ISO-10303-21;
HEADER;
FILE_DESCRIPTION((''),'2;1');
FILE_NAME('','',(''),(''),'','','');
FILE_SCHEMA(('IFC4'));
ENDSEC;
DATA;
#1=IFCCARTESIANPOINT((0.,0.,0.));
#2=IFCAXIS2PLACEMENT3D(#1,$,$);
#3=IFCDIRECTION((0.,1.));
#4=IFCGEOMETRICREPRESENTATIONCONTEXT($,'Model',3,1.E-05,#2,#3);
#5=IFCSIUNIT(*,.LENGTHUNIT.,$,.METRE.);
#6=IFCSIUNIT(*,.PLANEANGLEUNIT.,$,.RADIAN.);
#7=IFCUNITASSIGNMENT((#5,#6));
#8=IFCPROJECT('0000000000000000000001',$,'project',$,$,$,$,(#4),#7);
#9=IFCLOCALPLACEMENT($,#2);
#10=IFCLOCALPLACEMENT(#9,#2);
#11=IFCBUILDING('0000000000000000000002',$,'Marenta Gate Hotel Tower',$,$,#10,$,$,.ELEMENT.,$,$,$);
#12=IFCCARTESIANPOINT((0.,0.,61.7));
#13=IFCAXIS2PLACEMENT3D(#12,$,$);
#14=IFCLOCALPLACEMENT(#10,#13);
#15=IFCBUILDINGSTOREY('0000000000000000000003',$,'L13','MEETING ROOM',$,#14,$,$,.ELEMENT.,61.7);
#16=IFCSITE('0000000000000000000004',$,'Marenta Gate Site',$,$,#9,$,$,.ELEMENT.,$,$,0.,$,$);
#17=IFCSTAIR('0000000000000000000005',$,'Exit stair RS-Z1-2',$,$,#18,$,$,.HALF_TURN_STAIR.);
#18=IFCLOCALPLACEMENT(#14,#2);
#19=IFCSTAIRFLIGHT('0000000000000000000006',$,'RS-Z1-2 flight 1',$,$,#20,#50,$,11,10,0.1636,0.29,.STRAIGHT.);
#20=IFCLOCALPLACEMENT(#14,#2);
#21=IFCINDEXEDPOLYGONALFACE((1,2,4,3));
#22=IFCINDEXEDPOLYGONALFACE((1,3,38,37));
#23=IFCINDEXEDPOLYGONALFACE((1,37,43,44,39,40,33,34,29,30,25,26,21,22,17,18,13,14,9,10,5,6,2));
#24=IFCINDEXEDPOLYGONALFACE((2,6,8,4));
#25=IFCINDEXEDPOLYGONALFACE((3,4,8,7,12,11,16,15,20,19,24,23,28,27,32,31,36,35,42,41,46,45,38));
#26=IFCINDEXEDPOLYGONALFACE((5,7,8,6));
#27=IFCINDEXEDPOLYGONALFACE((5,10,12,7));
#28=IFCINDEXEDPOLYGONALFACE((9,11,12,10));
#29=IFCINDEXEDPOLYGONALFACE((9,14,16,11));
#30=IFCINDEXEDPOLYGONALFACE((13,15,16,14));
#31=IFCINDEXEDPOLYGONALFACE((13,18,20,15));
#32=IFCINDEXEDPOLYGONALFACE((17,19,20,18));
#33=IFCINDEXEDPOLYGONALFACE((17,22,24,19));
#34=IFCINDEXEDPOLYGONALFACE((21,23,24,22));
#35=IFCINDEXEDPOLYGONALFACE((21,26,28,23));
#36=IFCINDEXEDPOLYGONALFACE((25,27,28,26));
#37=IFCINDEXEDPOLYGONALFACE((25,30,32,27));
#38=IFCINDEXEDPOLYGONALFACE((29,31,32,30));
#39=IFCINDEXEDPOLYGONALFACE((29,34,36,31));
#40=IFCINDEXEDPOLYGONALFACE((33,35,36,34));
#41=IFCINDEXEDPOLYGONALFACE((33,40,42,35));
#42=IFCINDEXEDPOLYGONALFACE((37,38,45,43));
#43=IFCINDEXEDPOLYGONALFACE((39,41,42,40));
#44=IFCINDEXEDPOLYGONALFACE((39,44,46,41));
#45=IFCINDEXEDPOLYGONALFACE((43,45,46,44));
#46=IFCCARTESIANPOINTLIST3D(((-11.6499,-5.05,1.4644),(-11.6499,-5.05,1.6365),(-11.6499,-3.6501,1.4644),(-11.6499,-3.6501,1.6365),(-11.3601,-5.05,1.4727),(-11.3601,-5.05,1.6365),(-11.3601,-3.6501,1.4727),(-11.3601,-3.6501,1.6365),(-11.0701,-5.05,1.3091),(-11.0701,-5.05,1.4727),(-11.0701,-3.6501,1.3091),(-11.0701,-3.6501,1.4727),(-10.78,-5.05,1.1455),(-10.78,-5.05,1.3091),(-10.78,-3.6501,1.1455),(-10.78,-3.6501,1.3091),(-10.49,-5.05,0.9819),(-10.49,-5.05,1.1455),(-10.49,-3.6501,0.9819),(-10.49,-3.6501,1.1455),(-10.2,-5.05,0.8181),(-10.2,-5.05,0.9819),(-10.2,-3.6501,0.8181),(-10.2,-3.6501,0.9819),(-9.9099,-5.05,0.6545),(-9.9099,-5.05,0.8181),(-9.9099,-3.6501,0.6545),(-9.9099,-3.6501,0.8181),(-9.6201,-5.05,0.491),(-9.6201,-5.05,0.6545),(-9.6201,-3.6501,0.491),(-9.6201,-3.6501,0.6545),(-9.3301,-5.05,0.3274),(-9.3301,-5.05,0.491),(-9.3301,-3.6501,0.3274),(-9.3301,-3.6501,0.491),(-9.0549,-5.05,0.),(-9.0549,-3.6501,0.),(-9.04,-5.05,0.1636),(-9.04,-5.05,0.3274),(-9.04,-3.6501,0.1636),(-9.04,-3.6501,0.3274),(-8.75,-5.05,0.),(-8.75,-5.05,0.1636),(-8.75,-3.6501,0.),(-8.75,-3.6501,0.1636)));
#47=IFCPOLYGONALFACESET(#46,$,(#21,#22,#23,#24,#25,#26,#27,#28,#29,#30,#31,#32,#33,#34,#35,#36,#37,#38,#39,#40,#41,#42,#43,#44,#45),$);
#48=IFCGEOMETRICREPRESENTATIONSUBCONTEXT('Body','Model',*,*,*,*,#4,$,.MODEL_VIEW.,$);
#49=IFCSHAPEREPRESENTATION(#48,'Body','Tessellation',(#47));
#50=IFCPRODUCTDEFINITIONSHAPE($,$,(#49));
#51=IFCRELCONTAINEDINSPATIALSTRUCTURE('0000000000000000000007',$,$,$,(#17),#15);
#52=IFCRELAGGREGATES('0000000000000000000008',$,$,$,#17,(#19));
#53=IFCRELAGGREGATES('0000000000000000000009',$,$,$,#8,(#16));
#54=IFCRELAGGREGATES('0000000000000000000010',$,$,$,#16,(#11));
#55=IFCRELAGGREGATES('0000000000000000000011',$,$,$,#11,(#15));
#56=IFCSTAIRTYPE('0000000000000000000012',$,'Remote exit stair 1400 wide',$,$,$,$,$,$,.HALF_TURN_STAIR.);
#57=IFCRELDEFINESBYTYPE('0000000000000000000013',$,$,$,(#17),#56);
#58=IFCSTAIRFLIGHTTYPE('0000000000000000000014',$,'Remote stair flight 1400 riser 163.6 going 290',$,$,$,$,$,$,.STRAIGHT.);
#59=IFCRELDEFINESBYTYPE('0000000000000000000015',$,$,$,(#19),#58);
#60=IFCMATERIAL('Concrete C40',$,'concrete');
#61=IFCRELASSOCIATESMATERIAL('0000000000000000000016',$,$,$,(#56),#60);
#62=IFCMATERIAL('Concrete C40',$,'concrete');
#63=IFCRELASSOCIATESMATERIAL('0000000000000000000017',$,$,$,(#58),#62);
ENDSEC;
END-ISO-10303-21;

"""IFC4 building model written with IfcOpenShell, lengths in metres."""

from ifc_helpers import new_model, si_unit, direction, frame, origin, place, context, subcontext, project, spatial, polyline, outline, extrude, material, type_object, element, aggregate, save


model = new_model("IFC4")

# Units and contexts
model_context = context("Model", 3, precision=1e-05, world=origin(), true_north=direction((0.0, 1.0)))
body_context = subcontext(model_context, "Body", "Model", "MODEL_VIEW")
ifc_project = project(units=[si_unit("LENGTHUNIT", "METRE"), si_unit("PLANEANGLEUNIT", "RADIAN")], contexts=[model_context])

# Site, building, storey
site_placement = place(None, origin())
site = spatial("IfcSite", under=ifc_project, at=site_placement, Name="Marenta Gate Site", CompositionType="ELEMENT", RefElevation=0.0)
building_placement = place(site_placement, origin())
building = spatial("IfcBuilding", under=site, at=building_placement, Name="Marenta Gate Hotel Tower", CompositionType="ELEMENT")
storey_placement = place(building_placement, frame((0.0, 0.0, 61.7)))
storey = spatial("IfcBuildingStorey", under=building, at=storey_placement, Name="L13", Description="MEETING ROOM", CompositionType="ELEMENT", Elevation=61.7)

# Stair, stair flight
ifc_material_1 = material(Name="Concrete C40", Category="concrete")
stair_type_1 = type_object("IfcStairType", Name="Remote exit stair 1400 wide", PredefinedType="HALF_TURN_STAIR", material=ifc_material_1)
stair_1_placement = place(storey_placement, origin())
stair_1 = element("IfcStair", 1, at=stair_1_placement, inside=storey, type_object=stair_type_1, Name="Exit stair RS-Z1-2", PredefinedType="HALF_TURN_STAIR")
ifc_material_2 = material(Name="Concrete C40", Category="concrete")
stair_flight_type_1 = type_object("IfcStairFlightType", Name="Remote stair flight 1400 riser 163.6 going 290", PredefinedType="STRAIGHT", material=ifc_material_2)
stair_flight_1_placement = place(storey_placement, frame((-8.75, -4.3501, 0.0), z_axis=(0.0, 0.0, 1.0), x_axis=(-1.0, 0.0, 0.0)))
stair_flight_1 = element("IfcStairFlight", 2, at=stair_flight_1_placement, type_object=stair_flight_type_1, Name="RS-Z1-2 flight 1", NumberOfRisers=11, NumberOfTreads=10, PredefinedType="STRAIGHT", RiserHeight=0.1636, TreadLength=0.29, context=body_context, shape_type="SweptSolid", body=[
    extrude(outline(polyline([(0.0, 0.0), (0.0, 0.1636), (0.29, 0.1636), (0.29, 0.3274), (0.5801, 0.3274), (0.5801, 0.491), (0.8701, 0.491), (0.8701, 0.6545), (1.1599, 0.6545), (1.1599, 0.8181), (1.45, 0.8181), (1.45, 0.9819), (1.74, 0.9819), (1.74, 1.1455), (2.03, 1.1455), (2.03, 1.3091), (2.3201, 1.3091), (2.3201, 1.4727), (2.6101, 1.4727), (2.6101, 1.6365), (2.8999, 1.6365), (2.8999, 1.8), (2.8999, 1.4644), (0.3049, 0.0), (0.0, 0.0)])), frame((0.0, 0.7, 0.0), z_axis=(0.0, -1.0, 0.0), x_axis=(1.0, 0.0, 0.0)), (0.0, 0.0, 1.0), 1.3999),
])
aggregate(stair_1, [stair_flight_1])

save(model, "model.ifc")
